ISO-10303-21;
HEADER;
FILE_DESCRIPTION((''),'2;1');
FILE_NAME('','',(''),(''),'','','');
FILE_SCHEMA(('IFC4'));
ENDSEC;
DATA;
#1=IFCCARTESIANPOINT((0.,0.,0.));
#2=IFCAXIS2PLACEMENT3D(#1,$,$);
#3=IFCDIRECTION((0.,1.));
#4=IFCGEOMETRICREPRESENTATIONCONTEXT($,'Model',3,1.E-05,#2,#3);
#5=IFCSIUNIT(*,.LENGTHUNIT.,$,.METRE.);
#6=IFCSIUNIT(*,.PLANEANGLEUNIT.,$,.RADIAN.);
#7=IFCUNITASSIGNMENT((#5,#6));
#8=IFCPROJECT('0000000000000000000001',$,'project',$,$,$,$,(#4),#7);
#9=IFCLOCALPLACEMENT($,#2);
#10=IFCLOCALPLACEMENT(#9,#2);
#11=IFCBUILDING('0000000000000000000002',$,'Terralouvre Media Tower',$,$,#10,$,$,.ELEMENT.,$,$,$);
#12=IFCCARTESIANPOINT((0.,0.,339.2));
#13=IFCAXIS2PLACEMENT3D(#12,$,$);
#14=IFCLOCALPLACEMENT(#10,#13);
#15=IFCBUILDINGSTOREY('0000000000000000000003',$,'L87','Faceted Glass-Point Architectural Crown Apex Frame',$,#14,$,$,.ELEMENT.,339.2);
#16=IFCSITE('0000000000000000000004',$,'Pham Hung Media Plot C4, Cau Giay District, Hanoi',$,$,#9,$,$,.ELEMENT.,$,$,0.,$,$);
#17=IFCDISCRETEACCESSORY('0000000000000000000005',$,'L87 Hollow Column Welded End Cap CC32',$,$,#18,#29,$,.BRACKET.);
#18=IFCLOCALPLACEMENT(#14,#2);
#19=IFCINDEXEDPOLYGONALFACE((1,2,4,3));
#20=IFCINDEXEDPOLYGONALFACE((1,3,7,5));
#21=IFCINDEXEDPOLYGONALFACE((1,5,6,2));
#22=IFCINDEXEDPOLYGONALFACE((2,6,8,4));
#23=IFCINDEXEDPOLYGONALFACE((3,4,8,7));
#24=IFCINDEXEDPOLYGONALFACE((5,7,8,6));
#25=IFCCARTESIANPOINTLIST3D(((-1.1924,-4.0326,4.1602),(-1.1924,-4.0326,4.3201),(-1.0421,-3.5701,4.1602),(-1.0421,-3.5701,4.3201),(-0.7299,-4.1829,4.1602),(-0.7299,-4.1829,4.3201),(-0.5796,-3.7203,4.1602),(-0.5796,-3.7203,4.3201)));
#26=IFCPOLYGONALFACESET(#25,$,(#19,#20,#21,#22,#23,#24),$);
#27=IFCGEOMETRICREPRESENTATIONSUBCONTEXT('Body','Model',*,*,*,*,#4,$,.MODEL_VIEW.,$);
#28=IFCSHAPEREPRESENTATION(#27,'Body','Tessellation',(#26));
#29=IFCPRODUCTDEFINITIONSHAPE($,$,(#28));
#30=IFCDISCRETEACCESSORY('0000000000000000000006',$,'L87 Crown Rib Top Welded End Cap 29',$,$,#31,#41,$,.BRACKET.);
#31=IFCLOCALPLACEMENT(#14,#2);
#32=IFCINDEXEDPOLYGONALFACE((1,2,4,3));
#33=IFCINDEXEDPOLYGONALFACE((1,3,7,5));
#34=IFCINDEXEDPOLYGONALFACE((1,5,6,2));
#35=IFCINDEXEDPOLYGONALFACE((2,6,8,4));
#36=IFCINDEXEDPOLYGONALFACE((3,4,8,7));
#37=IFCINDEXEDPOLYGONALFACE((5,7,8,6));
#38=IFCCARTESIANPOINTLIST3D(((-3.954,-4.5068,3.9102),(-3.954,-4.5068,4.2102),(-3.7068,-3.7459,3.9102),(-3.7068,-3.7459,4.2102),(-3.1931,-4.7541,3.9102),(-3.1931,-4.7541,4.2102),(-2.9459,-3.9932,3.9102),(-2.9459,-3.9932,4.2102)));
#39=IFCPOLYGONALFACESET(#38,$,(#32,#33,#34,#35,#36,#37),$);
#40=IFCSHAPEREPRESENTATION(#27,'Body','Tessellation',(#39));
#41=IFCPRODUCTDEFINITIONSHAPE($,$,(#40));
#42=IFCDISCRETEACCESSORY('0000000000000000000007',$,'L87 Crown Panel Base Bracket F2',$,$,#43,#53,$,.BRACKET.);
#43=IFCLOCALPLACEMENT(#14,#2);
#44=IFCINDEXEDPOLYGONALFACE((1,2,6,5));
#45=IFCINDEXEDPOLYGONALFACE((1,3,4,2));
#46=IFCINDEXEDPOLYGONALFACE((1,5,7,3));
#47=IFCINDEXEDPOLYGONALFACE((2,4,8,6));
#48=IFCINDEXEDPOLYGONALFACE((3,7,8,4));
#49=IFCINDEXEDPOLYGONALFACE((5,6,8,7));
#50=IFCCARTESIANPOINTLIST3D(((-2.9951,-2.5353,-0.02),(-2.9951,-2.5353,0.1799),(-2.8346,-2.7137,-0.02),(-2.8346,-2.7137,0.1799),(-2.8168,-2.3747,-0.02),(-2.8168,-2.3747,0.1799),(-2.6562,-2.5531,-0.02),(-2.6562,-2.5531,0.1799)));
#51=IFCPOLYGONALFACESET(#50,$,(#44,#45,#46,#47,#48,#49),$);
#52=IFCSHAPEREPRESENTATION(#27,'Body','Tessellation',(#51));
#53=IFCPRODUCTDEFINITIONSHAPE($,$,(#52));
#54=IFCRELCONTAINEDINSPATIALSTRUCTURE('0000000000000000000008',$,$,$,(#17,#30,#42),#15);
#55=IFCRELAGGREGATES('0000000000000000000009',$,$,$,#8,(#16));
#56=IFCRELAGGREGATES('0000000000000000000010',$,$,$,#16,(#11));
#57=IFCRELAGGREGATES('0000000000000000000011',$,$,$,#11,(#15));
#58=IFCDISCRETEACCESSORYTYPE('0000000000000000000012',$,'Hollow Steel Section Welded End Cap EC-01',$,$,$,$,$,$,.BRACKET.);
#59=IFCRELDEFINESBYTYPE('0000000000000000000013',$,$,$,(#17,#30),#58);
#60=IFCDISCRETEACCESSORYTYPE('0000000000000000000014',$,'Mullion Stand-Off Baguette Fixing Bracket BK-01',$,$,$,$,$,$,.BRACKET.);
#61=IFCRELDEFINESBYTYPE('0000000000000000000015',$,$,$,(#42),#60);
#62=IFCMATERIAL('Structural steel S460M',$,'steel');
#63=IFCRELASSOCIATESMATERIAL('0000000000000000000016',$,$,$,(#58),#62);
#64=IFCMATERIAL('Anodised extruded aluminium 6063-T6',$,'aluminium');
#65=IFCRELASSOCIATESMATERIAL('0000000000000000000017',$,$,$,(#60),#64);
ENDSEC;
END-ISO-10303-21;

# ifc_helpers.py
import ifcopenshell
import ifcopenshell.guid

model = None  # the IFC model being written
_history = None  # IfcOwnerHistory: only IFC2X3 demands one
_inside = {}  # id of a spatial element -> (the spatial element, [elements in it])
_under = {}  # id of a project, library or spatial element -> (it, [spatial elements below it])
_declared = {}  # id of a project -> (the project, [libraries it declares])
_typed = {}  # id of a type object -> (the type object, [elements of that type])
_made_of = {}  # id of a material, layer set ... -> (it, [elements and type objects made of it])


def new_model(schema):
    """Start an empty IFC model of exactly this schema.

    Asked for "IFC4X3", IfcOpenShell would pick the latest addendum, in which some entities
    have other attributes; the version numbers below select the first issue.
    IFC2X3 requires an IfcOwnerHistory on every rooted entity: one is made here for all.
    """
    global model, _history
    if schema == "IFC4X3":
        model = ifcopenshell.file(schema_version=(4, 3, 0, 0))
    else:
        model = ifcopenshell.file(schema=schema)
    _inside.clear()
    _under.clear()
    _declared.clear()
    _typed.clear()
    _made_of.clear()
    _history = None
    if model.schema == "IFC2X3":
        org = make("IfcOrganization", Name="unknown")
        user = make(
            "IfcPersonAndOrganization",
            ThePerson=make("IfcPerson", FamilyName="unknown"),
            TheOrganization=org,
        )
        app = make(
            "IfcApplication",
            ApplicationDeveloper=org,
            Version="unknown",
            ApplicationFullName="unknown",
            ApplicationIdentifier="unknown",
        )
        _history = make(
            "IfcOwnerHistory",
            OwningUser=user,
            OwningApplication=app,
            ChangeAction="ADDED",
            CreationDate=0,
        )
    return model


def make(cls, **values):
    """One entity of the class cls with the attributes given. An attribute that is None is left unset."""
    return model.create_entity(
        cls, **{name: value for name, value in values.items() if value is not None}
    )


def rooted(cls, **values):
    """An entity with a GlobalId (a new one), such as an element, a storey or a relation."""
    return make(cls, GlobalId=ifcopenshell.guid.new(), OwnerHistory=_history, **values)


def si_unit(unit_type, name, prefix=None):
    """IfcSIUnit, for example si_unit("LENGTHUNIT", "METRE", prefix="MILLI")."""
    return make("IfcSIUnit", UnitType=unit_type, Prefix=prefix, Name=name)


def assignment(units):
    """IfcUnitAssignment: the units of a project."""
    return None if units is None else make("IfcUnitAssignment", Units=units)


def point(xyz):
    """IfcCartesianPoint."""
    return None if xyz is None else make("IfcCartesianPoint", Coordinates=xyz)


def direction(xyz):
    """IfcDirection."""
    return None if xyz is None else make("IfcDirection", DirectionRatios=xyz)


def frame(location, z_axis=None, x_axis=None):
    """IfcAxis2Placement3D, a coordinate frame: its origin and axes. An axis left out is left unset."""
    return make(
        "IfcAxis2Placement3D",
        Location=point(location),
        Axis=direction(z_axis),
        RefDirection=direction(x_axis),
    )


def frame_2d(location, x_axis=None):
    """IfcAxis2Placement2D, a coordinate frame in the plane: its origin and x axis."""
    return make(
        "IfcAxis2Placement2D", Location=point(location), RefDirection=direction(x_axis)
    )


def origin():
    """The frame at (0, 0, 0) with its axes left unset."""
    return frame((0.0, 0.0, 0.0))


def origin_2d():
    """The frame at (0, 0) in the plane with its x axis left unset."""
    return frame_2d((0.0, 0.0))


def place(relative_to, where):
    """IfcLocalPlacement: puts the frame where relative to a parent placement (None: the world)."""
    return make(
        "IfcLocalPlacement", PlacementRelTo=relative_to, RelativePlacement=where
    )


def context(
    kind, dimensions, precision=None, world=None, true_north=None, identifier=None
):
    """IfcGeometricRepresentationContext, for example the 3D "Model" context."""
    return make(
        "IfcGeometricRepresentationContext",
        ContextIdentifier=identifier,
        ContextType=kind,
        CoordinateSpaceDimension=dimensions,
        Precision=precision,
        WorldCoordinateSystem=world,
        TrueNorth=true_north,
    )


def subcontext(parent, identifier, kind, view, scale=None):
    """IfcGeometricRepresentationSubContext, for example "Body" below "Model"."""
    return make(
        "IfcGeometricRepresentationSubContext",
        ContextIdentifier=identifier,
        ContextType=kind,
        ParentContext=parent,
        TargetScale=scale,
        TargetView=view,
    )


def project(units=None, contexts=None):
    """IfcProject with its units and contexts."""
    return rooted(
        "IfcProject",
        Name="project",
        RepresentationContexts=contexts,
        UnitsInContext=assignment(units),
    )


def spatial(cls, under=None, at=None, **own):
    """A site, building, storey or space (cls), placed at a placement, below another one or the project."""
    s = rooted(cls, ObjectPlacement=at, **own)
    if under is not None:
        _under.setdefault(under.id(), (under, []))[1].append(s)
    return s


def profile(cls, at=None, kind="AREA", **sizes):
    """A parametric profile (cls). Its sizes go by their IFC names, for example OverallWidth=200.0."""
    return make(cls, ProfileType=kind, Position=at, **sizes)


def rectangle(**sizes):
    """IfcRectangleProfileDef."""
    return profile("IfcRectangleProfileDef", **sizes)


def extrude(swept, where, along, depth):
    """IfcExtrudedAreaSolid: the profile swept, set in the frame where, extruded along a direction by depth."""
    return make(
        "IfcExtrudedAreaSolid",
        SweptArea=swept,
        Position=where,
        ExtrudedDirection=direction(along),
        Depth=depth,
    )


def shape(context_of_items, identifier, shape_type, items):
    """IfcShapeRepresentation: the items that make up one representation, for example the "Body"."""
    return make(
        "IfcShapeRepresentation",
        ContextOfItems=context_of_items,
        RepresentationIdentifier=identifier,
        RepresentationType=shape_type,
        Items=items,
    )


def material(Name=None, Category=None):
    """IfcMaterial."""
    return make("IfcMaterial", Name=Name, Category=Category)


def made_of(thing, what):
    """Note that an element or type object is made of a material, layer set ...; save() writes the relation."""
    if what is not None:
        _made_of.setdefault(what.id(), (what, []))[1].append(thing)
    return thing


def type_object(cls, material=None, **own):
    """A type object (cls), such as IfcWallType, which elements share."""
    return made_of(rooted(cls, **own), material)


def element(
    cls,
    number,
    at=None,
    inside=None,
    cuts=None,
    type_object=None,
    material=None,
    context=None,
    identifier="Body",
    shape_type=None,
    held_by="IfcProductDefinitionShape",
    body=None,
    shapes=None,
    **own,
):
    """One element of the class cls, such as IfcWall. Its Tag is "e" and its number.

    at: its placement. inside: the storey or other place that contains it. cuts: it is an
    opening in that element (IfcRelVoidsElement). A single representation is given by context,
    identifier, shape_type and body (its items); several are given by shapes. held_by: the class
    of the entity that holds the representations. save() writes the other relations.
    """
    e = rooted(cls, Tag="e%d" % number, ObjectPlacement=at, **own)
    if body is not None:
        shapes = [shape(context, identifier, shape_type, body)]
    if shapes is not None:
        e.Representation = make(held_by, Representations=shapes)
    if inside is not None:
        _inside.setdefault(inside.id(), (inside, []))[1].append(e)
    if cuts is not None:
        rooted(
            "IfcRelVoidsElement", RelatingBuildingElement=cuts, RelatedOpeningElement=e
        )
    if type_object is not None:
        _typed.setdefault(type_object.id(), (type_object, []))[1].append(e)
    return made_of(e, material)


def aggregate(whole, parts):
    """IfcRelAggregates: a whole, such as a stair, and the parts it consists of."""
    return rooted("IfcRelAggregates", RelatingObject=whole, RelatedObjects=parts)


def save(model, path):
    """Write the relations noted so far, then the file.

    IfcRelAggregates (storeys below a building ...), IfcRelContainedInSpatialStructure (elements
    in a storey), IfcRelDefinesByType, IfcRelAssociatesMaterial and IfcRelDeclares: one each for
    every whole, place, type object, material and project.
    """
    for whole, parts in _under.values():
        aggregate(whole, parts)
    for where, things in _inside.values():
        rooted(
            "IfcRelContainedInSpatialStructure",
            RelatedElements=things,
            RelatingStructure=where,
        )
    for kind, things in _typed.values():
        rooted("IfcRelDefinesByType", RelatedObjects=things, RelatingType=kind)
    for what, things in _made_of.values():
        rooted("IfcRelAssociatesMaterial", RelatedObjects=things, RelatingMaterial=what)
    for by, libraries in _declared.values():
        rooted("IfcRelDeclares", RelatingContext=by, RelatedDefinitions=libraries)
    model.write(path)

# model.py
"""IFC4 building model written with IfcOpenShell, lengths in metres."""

from ifc_helpers import new_model, si_unit, direction, frame, origin, origin_2d, place, context, subcontext, project, spatial, rectangle, extrude, material, type_object, element, save


model = new_model("IFC4")

# Units and contexts
model_context = context("Model", 3, precision=1e-05, world=origin(), true_north=direction((0.0, 1.0)))
body_context = subcontext(model_context, "Body", "Model", "MODEL_VIEW")
ifc_project = project(units=[si_unit("LENGTHUNIT", "METRE"), si_unit("PLANEANGLEUNIT", "RADIAN")], contexts=[model_context])

# Site, building, storey
site_placement = place(None, origin())
site = spatial("IfcSite", under=ifc_project, at=site_placement, Name="Pham Hung Media Plot C4, Cau Giay District, Hanoi", CompositionType="ELEMENT", RefElevation=0.0)
building_placement = place(site_placement, origin())
building = spatial("IfcBuilding", under=site, at=building_placement, Name="Terralouvre Media Tower", CompositionType="ELEMENT")
storey_placement = place(building_placement, frame((0.0, 0.0, 339.2)))
storey = spatial("IfcBuildingStorey", under=building, at=storey_placement, Name="L87", Description="Faceted Glass-Point Architectural Crown Apex Frame", CompositionType="ELEMENT", Elevation=339.2)

# Discrete accessories
ifc_material_1 = material(Name="Structural steel S460M", Category="steel")
discrete_accessory_type_1 = type_object("IfcDiscreteAccessoryType", Name="Hollow Steel Section Welded End Cap EC-01", PredefinedType="BRACKET", material=ifc_material_1)
for number, where, z_axis, x_axis, name in (
    (1, (-0.886, -3.8765, 4.1602), (0.0, 0.0, 1.0), (0.309017, 0.951057, 0.0), "L87 Hollow Column Welded End Cap CC32"),
):
    element("IfcDiscreteAccessory", number, at=place(storey_placement, frame(where, z_axis=z_axis, x_axis=x_axis)), inside=storey, type_object=discrete_accessory_type_1, Name=name, PredefinedType="BRACKET", context=body_context, shape_type="SweptSolid", body=[
        extrude(rectangle(XDim=0.4863, YDim=0.4863, at=origin_2d()), origin(), (0.0, 0.0, 1.0), 0.1599),
    ])
discrete_accessory_1_placement = place(storey_placement, frame((-3.45, -4.25, 3.9102), z_axis=(0.0, 0.0, 1.0), x_axis=(0.309017, 0.951057, 0.0)))
element("IfcDiscreteAccessory", 2, at=discrete_accessory_1_placement, inside=storey, type_object=discrete_accessory_type_1, Name="L87 Crown Rib Top Welded End Cap 29", PredefinedType="BRACKET", context=body_context, shape_type="SweptSolid", body=[
    extrude(rectangle(XDim=0.8, YDim=0.8, at=origin_2d()), origin(), (0.0, 0.0, 1.0), 0.3),
])
ifc_material_2 = material(Name="Anodised extruded aluminium 6063-T6", Category="aluminium")
discrete_accessory_type_2 = type_object("IfcDiscreteAccessoryType", Name="Mullion Stand-Off Baguette Fixing Bracket BK-01", PredefinedType="BRACKET", material=ifc_material_2)
discrete_accessory_2_placement = place(storey_placement, frame((-2.8257, -2.5442, -0.02), z_axis=(0.0, 0.0, 1.0), x_axis=(0.669131, -0.743145, 0.0)))
element("IfcDiscreteAccessory", 3, at=discrete_accessory_2_placement, inside=storey, type_object=discrete_accessory_type_2, Name="L87 Crown Panel Base Bracket F2", PredefinedType="BRACKET", context=body_context, shape_type="SweptSolid", body=[
    extrude(rectangle(XDim=0.24, YDim=0.24, at=origin_2d()), origin(), (0.0, 0.0, 1.0), 0.2),
])

save(model, "model.ifc")
